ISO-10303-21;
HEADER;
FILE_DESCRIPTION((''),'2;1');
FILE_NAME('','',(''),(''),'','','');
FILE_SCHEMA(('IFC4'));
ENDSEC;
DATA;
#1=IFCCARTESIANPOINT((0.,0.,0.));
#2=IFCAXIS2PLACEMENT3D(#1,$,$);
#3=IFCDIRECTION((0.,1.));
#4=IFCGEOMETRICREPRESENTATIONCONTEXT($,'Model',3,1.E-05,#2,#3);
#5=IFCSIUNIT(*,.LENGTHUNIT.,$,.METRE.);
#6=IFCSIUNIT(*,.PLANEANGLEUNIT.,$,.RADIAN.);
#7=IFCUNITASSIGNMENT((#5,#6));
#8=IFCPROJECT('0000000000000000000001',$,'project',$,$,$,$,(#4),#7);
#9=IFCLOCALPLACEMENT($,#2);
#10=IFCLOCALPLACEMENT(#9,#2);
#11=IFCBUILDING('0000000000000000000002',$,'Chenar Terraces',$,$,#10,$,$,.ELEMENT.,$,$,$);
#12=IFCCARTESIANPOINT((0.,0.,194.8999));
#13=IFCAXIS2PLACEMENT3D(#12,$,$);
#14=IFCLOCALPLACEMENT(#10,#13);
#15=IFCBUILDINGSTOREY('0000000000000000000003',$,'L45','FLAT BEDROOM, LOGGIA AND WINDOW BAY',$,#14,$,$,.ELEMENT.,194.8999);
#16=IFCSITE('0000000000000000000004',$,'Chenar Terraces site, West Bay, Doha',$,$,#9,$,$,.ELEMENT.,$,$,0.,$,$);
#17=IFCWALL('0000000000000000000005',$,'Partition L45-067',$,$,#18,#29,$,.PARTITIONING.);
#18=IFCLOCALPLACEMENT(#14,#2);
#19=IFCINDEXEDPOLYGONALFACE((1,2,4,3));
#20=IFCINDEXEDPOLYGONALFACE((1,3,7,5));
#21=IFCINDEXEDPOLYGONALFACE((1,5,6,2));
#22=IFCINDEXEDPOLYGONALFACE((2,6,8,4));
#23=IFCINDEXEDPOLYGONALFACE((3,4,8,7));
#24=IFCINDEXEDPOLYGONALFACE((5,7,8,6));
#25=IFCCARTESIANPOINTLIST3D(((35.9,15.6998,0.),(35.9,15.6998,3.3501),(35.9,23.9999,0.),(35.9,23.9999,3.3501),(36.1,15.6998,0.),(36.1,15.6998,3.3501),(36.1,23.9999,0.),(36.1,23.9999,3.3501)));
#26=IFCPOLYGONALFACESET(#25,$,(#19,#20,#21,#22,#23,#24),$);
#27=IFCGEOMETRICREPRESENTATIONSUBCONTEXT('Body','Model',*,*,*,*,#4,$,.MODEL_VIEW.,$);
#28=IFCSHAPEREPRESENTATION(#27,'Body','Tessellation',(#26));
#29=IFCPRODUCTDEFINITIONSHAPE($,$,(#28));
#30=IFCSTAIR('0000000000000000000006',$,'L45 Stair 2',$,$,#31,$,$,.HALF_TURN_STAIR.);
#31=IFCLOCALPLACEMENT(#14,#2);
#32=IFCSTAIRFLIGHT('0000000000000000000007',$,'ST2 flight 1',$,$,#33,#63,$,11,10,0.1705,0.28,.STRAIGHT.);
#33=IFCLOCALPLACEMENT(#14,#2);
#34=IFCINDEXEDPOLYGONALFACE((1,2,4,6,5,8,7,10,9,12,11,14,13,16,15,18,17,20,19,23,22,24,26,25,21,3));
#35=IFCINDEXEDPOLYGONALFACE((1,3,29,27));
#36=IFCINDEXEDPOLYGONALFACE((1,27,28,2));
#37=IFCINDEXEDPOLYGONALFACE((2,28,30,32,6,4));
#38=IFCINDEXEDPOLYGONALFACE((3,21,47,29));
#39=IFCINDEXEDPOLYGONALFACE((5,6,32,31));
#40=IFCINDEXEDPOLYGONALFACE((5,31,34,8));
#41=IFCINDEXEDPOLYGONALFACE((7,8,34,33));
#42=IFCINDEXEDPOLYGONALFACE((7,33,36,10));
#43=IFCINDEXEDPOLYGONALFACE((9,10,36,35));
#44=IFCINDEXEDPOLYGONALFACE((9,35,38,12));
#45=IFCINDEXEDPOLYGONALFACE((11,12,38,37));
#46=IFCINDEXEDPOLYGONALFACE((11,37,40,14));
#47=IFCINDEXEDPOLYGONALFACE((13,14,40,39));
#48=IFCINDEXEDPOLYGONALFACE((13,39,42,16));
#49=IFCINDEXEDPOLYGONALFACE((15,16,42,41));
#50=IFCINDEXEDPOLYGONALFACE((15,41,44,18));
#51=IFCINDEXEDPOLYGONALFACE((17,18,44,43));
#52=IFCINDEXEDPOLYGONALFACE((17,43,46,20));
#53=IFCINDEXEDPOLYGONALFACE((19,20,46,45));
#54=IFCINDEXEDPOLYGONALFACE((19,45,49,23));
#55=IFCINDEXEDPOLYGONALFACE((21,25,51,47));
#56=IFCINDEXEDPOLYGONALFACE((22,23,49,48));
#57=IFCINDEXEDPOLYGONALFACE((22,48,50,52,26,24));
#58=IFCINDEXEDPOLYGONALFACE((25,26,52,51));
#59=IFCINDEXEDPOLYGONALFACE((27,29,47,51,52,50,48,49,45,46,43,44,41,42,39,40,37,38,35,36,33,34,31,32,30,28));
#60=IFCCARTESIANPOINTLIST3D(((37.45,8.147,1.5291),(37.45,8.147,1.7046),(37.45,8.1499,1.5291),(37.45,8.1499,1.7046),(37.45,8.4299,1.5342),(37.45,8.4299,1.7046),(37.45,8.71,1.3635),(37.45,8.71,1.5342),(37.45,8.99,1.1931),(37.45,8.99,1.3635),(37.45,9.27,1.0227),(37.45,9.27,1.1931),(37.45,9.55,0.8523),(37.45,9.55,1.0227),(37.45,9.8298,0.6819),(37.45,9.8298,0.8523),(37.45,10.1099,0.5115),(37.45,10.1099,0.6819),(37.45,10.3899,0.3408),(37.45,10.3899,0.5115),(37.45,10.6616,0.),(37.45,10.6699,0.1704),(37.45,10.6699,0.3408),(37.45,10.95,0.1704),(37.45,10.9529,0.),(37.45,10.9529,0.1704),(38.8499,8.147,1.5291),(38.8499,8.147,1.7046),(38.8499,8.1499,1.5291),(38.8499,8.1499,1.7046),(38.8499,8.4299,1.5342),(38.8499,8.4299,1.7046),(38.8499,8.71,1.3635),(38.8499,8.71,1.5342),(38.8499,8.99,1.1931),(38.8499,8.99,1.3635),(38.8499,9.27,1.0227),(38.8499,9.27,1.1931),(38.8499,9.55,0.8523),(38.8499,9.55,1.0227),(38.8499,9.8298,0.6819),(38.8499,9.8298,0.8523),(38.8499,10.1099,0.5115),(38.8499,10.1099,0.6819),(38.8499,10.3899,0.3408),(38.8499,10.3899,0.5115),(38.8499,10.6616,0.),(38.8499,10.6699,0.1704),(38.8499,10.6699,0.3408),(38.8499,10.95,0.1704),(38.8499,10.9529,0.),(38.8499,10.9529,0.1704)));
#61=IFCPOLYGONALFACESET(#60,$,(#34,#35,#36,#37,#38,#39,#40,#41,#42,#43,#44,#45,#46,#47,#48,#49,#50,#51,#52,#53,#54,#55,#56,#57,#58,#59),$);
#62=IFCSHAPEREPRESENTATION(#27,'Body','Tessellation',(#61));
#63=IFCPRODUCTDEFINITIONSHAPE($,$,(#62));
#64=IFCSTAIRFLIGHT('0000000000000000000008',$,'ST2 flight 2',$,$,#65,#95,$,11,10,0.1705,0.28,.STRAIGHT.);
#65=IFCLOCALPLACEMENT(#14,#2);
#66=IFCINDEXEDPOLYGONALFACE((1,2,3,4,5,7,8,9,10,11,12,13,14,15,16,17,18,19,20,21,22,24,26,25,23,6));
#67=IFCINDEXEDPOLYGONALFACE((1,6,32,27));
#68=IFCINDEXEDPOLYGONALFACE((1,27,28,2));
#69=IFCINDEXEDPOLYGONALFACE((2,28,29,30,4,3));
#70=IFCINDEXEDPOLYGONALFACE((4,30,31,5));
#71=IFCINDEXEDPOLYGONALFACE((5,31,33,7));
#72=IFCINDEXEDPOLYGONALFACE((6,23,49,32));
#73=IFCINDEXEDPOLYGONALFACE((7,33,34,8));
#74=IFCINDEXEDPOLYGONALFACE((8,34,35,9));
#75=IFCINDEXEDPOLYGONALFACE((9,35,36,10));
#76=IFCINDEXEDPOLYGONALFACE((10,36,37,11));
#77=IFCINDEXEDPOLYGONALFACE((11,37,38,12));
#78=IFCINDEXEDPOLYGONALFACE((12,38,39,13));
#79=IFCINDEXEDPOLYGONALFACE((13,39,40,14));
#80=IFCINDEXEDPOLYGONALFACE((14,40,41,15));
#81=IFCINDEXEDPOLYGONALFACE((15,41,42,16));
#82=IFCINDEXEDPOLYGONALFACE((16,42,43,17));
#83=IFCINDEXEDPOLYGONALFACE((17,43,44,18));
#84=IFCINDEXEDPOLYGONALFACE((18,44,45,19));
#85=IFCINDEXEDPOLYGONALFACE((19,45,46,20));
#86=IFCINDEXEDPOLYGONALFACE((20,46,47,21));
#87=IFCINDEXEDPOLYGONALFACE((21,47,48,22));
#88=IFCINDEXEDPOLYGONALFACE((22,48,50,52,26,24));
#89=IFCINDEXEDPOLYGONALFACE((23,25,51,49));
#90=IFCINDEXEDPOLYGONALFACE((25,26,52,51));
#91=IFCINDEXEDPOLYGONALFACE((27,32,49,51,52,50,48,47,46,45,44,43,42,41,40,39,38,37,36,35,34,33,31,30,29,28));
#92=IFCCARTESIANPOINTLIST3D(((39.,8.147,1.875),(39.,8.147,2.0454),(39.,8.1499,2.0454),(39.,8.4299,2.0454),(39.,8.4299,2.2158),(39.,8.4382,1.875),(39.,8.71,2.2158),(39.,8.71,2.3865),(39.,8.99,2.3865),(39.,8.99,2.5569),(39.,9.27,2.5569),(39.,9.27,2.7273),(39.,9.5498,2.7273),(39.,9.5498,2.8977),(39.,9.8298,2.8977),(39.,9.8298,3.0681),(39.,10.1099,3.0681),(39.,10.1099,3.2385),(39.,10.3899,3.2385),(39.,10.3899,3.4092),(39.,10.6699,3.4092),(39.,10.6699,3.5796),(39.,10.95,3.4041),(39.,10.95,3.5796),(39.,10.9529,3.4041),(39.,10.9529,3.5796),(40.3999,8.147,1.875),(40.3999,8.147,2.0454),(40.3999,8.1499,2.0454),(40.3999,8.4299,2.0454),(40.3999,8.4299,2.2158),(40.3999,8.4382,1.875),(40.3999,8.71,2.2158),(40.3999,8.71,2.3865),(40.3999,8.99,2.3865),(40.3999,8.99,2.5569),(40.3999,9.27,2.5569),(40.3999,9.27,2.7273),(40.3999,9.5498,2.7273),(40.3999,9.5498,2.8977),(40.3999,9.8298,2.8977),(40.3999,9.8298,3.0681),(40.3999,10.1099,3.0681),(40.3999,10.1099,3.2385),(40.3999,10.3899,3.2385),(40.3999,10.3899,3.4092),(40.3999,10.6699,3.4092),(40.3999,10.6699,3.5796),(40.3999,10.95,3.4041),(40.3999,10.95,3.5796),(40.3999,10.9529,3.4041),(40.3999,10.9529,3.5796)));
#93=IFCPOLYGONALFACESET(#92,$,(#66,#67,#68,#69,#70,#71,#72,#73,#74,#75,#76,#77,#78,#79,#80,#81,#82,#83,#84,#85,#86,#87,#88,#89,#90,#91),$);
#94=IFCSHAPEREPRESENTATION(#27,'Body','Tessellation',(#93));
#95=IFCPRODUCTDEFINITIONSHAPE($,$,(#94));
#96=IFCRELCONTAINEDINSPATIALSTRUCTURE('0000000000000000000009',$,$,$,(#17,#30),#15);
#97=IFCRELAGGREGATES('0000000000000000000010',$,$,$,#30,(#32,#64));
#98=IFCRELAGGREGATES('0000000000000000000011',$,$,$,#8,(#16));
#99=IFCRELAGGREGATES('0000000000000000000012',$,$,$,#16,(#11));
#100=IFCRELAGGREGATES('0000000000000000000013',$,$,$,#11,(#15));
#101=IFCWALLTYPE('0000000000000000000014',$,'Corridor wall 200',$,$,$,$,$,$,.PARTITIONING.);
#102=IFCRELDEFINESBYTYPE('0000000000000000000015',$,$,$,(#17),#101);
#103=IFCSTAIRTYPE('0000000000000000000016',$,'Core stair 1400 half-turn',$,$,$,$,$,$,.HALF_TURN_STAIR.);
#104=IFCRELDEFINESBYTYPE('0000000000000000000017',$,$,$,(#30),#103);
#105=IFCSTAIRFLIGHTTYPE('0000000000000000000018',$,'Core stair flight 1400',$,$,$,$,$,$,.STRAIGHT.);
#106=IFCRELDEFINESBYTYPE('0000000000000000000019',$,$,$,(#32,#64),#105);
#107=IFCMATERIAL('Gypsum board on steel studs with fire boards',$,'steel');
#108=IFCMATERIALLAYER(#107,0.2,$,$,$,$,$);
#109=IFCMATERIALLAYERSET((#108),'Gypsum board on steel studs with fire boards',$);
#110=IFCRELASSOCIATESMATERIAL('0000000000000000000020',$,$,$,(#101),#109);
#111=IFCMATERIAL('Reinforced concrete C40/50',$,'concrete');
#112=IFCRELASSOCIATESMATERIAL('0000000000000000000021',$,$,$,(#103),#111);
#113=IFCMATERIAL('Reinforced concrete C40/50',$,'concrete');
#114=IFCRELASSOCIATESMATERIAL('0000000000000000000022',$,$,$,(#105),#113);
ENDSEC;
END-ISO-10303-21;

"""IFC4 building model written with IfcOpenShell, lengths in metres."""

from ifc_helpers import new_model, si_unit, direction, frame, frame_2d, origin, place, context, subcontext, project, spatial, polyline, rectangle, outline, extrude, material, layer, layer_set, type_object, element, aggregate, save


model = new_model("IFC4")

# Units and contexts
model_context = context("Model", 3, precision=1e-05, world=origin(), true_north=direction((0.0, 1.0)))
body_context = subcontext(model_context, "Body", "Model", "MODEL_VIEW")
ifc_project = project(units=[si_unit("LENGTHUNIT", "METRE"), si_unit("PLANEANGLEUNIT", "RADIAN")], contexts=[model_context])

# Site, building, storey
site_placement = place(None, origin())
site = spatial("IfcSite", under=ifc_project, at=site_placement, Name="Chenar Terraces site, West Bay, Doha", CompositionType="ELEMENT", RefElevation=0.0)
building_placement = place(site_placement, origin())
building = spatial("IfcBuilding", under=site, at=building_placement, Name="Chenar Terraces", CompositionType="ELEMENT")
storey_placement = place(building_placement, frame((0.0, 0.0, 194.8999)))
storey = spatial("IfcBuildingStorey", under=building, at=storey_placement, Name="L45", Description="FLAT BEDROOM, LOGGIA AND WINDOW BAY", CompositionType="ELEMENT", Elevation=194.8999)

# Shared definitions
ifc_material_1 = material(Name="Gypsum board on steel studs with fire boards", Category="steel")
ifc_layer_1 = layer(ifc_material_1, 0.2)
ifc_layer_set_1 = layer_set([ifc_layer_1], Name="Gypsum board on steel studs with fire boards")
wall_type_1 = type_object("IfcWallType", Name="Corridor wall 200", PredefinedType="PARTITIONING", material=ifc_layer_set_1)

# Wall
wall_1_placement = place(storey_placement, frame((36.0, 15.7, 0.0), z_axis=(0.0, 0.0, 1.0), x_axis=(0.0, 1.0, 0.0)))
element("IfcWall", 1, at=wall_1_placement, inside=storey, type_object=wall_type_1, Name="Partition L45-067", PredefinedType="PARTITIONING", context=body_context, shape_type="SweptSolid", body=[
    extrude(rectangle(XDim=8.3, YDim=0.2, at=frame_2d((4.1499, 0.0))), origin(), (0.0, 0.0, 1.0), 3.3501),
])

# Stair, stair flights
ifc_material_2 = material(Name="Reinforced concrete C40/50", Category="concrete")
stair_type = type_object("IfcStairType", Name="Core stair 1400 half-turn", PredefinedType="HALF_TURN_STAIR", material=ifc_material_2)
stair_placement = place(storey_placement, origin())
stair = element("IfcStair", 2, at=stair_placement, inside=storey, type_object=stair_type, Name="L45 Stair 2", PredefinedType="HALF_TURN_STAIR")
ifc_material_3 = material(Name="Reinforced concrete C40/50", Category="concrete")
stair_flight_type = type_object("IfcStairFlightType", Name="Core stair flight 1400", PredefinedType="STRAIGHT", material=ifc_material_3)
stair_flight_1_placement = place(storey_placement, frame((38.1499, 10.95, 0.0), z_axis=(0.0, 0.0, 1.0), x_axis=(0.0, -1.0, 0.0)))
stair_flight_1 = element("IfcStairFlight", 3, at=stair_flight_1_placement, type_object=stair_flight_type, Name="ST2 flight 1", NumberOfRisers=11, NumberOfTreads=10, PredefinedType="STRAIGHT", RiserHeight=0.1705, TreadLength=0.28, context=body_context, shape_type="SweptSolid", body=[
    extrude(outline(polyline([(-0.0029, 0.0), (-0.0029, 0.1704), (0.0, 0.1704), (0.28, 0.1704), (0.28, 0.3408), (0.5601, 0.3408), (0.5601, 0.5115), (0.8401, 0.5115), (0.8401, 0.6819), (1.1201, 0.6819), (1.1201, 0.8523), (1.3999, 0.8523), (1.3999, 1.0227), (1.6799, 1.0227), (1.6799, 1.1931), (1.96, 1.1931), (1.96, 1.3635), (2.24, 1.3635), (2.24, 1.5342), (2.52, 1.5342), (2.52, 1.7046), (2.8, 1.7046), (2.803, 1.7046), (2.803, 1.5291), (2.8, 1.5291), (0.2883, 0.0), (-0.0029, 0.0)])), frame((0.0, 0.7, 0.0), z_axis=(0.0, -1.0, 0.0), x_axis=(1.0, 0.0, 0.0)), (0.0, 0.0, 1.0), 1.3999),
])
stair_flight_2_placement = place(storey_placement, frame((39.7, 8.1499, 1.875), z_axis=(0.0, 0.0, 1.0), x_axis=(0.0, 1.0, 0.0)))
stair_flight_2 = element("IfcStairFlight", 4, at=stair_flight_2_placement, type_object=stair_flight_type, Name="ST2 flight 2", NumberOfRisers=11, NumberOfTreads=10, PredefinedType="STRAIGHT", RiserHeight=0.1705, TreadLength=0.28, context=body_context, shape_type="SweptSolid", body=[
    extrude(outline(polyline([(-0.0029, 0.0), (-0.0029, 0.1704), (0.0, 0.1704), (0.28, 0.1704), (0.28, 0.3408), (0.5601, 0.3408), (0.5601, 0.5115), (0.8401, 0.5115), (0.8401, 0.6819), (1.1201, 0.6819), (1.1201, 0.8523), (1.3999, 0.8523), (1.3999, 1.0227), (1.6799, 1.0227), (1.6799, 1.1931), (1.96, 1.1931), (1.96, 1.3635), (2.24, 1.3635), (2.24, 1.5342), (2.52, 1.5342), (2.52, 1.7046), (2.8, 1.7046), (2.803, 1.7046), (2.803, 1.5291), (2.8, 1.5291), (0.2883, 0.0), (-0.0029, 0.0)])), frame((0.0, 0.7, 0.0), z_axis=(0.0, -1.0, 0.0), x_axis=(1.0, 0.0, 0.0)), (0.0, 0.0, 1.0), 1.3999),
])
aggregate(stair, [stair_flight_1, stair_flight_2])

save(model, "model.ifc")
